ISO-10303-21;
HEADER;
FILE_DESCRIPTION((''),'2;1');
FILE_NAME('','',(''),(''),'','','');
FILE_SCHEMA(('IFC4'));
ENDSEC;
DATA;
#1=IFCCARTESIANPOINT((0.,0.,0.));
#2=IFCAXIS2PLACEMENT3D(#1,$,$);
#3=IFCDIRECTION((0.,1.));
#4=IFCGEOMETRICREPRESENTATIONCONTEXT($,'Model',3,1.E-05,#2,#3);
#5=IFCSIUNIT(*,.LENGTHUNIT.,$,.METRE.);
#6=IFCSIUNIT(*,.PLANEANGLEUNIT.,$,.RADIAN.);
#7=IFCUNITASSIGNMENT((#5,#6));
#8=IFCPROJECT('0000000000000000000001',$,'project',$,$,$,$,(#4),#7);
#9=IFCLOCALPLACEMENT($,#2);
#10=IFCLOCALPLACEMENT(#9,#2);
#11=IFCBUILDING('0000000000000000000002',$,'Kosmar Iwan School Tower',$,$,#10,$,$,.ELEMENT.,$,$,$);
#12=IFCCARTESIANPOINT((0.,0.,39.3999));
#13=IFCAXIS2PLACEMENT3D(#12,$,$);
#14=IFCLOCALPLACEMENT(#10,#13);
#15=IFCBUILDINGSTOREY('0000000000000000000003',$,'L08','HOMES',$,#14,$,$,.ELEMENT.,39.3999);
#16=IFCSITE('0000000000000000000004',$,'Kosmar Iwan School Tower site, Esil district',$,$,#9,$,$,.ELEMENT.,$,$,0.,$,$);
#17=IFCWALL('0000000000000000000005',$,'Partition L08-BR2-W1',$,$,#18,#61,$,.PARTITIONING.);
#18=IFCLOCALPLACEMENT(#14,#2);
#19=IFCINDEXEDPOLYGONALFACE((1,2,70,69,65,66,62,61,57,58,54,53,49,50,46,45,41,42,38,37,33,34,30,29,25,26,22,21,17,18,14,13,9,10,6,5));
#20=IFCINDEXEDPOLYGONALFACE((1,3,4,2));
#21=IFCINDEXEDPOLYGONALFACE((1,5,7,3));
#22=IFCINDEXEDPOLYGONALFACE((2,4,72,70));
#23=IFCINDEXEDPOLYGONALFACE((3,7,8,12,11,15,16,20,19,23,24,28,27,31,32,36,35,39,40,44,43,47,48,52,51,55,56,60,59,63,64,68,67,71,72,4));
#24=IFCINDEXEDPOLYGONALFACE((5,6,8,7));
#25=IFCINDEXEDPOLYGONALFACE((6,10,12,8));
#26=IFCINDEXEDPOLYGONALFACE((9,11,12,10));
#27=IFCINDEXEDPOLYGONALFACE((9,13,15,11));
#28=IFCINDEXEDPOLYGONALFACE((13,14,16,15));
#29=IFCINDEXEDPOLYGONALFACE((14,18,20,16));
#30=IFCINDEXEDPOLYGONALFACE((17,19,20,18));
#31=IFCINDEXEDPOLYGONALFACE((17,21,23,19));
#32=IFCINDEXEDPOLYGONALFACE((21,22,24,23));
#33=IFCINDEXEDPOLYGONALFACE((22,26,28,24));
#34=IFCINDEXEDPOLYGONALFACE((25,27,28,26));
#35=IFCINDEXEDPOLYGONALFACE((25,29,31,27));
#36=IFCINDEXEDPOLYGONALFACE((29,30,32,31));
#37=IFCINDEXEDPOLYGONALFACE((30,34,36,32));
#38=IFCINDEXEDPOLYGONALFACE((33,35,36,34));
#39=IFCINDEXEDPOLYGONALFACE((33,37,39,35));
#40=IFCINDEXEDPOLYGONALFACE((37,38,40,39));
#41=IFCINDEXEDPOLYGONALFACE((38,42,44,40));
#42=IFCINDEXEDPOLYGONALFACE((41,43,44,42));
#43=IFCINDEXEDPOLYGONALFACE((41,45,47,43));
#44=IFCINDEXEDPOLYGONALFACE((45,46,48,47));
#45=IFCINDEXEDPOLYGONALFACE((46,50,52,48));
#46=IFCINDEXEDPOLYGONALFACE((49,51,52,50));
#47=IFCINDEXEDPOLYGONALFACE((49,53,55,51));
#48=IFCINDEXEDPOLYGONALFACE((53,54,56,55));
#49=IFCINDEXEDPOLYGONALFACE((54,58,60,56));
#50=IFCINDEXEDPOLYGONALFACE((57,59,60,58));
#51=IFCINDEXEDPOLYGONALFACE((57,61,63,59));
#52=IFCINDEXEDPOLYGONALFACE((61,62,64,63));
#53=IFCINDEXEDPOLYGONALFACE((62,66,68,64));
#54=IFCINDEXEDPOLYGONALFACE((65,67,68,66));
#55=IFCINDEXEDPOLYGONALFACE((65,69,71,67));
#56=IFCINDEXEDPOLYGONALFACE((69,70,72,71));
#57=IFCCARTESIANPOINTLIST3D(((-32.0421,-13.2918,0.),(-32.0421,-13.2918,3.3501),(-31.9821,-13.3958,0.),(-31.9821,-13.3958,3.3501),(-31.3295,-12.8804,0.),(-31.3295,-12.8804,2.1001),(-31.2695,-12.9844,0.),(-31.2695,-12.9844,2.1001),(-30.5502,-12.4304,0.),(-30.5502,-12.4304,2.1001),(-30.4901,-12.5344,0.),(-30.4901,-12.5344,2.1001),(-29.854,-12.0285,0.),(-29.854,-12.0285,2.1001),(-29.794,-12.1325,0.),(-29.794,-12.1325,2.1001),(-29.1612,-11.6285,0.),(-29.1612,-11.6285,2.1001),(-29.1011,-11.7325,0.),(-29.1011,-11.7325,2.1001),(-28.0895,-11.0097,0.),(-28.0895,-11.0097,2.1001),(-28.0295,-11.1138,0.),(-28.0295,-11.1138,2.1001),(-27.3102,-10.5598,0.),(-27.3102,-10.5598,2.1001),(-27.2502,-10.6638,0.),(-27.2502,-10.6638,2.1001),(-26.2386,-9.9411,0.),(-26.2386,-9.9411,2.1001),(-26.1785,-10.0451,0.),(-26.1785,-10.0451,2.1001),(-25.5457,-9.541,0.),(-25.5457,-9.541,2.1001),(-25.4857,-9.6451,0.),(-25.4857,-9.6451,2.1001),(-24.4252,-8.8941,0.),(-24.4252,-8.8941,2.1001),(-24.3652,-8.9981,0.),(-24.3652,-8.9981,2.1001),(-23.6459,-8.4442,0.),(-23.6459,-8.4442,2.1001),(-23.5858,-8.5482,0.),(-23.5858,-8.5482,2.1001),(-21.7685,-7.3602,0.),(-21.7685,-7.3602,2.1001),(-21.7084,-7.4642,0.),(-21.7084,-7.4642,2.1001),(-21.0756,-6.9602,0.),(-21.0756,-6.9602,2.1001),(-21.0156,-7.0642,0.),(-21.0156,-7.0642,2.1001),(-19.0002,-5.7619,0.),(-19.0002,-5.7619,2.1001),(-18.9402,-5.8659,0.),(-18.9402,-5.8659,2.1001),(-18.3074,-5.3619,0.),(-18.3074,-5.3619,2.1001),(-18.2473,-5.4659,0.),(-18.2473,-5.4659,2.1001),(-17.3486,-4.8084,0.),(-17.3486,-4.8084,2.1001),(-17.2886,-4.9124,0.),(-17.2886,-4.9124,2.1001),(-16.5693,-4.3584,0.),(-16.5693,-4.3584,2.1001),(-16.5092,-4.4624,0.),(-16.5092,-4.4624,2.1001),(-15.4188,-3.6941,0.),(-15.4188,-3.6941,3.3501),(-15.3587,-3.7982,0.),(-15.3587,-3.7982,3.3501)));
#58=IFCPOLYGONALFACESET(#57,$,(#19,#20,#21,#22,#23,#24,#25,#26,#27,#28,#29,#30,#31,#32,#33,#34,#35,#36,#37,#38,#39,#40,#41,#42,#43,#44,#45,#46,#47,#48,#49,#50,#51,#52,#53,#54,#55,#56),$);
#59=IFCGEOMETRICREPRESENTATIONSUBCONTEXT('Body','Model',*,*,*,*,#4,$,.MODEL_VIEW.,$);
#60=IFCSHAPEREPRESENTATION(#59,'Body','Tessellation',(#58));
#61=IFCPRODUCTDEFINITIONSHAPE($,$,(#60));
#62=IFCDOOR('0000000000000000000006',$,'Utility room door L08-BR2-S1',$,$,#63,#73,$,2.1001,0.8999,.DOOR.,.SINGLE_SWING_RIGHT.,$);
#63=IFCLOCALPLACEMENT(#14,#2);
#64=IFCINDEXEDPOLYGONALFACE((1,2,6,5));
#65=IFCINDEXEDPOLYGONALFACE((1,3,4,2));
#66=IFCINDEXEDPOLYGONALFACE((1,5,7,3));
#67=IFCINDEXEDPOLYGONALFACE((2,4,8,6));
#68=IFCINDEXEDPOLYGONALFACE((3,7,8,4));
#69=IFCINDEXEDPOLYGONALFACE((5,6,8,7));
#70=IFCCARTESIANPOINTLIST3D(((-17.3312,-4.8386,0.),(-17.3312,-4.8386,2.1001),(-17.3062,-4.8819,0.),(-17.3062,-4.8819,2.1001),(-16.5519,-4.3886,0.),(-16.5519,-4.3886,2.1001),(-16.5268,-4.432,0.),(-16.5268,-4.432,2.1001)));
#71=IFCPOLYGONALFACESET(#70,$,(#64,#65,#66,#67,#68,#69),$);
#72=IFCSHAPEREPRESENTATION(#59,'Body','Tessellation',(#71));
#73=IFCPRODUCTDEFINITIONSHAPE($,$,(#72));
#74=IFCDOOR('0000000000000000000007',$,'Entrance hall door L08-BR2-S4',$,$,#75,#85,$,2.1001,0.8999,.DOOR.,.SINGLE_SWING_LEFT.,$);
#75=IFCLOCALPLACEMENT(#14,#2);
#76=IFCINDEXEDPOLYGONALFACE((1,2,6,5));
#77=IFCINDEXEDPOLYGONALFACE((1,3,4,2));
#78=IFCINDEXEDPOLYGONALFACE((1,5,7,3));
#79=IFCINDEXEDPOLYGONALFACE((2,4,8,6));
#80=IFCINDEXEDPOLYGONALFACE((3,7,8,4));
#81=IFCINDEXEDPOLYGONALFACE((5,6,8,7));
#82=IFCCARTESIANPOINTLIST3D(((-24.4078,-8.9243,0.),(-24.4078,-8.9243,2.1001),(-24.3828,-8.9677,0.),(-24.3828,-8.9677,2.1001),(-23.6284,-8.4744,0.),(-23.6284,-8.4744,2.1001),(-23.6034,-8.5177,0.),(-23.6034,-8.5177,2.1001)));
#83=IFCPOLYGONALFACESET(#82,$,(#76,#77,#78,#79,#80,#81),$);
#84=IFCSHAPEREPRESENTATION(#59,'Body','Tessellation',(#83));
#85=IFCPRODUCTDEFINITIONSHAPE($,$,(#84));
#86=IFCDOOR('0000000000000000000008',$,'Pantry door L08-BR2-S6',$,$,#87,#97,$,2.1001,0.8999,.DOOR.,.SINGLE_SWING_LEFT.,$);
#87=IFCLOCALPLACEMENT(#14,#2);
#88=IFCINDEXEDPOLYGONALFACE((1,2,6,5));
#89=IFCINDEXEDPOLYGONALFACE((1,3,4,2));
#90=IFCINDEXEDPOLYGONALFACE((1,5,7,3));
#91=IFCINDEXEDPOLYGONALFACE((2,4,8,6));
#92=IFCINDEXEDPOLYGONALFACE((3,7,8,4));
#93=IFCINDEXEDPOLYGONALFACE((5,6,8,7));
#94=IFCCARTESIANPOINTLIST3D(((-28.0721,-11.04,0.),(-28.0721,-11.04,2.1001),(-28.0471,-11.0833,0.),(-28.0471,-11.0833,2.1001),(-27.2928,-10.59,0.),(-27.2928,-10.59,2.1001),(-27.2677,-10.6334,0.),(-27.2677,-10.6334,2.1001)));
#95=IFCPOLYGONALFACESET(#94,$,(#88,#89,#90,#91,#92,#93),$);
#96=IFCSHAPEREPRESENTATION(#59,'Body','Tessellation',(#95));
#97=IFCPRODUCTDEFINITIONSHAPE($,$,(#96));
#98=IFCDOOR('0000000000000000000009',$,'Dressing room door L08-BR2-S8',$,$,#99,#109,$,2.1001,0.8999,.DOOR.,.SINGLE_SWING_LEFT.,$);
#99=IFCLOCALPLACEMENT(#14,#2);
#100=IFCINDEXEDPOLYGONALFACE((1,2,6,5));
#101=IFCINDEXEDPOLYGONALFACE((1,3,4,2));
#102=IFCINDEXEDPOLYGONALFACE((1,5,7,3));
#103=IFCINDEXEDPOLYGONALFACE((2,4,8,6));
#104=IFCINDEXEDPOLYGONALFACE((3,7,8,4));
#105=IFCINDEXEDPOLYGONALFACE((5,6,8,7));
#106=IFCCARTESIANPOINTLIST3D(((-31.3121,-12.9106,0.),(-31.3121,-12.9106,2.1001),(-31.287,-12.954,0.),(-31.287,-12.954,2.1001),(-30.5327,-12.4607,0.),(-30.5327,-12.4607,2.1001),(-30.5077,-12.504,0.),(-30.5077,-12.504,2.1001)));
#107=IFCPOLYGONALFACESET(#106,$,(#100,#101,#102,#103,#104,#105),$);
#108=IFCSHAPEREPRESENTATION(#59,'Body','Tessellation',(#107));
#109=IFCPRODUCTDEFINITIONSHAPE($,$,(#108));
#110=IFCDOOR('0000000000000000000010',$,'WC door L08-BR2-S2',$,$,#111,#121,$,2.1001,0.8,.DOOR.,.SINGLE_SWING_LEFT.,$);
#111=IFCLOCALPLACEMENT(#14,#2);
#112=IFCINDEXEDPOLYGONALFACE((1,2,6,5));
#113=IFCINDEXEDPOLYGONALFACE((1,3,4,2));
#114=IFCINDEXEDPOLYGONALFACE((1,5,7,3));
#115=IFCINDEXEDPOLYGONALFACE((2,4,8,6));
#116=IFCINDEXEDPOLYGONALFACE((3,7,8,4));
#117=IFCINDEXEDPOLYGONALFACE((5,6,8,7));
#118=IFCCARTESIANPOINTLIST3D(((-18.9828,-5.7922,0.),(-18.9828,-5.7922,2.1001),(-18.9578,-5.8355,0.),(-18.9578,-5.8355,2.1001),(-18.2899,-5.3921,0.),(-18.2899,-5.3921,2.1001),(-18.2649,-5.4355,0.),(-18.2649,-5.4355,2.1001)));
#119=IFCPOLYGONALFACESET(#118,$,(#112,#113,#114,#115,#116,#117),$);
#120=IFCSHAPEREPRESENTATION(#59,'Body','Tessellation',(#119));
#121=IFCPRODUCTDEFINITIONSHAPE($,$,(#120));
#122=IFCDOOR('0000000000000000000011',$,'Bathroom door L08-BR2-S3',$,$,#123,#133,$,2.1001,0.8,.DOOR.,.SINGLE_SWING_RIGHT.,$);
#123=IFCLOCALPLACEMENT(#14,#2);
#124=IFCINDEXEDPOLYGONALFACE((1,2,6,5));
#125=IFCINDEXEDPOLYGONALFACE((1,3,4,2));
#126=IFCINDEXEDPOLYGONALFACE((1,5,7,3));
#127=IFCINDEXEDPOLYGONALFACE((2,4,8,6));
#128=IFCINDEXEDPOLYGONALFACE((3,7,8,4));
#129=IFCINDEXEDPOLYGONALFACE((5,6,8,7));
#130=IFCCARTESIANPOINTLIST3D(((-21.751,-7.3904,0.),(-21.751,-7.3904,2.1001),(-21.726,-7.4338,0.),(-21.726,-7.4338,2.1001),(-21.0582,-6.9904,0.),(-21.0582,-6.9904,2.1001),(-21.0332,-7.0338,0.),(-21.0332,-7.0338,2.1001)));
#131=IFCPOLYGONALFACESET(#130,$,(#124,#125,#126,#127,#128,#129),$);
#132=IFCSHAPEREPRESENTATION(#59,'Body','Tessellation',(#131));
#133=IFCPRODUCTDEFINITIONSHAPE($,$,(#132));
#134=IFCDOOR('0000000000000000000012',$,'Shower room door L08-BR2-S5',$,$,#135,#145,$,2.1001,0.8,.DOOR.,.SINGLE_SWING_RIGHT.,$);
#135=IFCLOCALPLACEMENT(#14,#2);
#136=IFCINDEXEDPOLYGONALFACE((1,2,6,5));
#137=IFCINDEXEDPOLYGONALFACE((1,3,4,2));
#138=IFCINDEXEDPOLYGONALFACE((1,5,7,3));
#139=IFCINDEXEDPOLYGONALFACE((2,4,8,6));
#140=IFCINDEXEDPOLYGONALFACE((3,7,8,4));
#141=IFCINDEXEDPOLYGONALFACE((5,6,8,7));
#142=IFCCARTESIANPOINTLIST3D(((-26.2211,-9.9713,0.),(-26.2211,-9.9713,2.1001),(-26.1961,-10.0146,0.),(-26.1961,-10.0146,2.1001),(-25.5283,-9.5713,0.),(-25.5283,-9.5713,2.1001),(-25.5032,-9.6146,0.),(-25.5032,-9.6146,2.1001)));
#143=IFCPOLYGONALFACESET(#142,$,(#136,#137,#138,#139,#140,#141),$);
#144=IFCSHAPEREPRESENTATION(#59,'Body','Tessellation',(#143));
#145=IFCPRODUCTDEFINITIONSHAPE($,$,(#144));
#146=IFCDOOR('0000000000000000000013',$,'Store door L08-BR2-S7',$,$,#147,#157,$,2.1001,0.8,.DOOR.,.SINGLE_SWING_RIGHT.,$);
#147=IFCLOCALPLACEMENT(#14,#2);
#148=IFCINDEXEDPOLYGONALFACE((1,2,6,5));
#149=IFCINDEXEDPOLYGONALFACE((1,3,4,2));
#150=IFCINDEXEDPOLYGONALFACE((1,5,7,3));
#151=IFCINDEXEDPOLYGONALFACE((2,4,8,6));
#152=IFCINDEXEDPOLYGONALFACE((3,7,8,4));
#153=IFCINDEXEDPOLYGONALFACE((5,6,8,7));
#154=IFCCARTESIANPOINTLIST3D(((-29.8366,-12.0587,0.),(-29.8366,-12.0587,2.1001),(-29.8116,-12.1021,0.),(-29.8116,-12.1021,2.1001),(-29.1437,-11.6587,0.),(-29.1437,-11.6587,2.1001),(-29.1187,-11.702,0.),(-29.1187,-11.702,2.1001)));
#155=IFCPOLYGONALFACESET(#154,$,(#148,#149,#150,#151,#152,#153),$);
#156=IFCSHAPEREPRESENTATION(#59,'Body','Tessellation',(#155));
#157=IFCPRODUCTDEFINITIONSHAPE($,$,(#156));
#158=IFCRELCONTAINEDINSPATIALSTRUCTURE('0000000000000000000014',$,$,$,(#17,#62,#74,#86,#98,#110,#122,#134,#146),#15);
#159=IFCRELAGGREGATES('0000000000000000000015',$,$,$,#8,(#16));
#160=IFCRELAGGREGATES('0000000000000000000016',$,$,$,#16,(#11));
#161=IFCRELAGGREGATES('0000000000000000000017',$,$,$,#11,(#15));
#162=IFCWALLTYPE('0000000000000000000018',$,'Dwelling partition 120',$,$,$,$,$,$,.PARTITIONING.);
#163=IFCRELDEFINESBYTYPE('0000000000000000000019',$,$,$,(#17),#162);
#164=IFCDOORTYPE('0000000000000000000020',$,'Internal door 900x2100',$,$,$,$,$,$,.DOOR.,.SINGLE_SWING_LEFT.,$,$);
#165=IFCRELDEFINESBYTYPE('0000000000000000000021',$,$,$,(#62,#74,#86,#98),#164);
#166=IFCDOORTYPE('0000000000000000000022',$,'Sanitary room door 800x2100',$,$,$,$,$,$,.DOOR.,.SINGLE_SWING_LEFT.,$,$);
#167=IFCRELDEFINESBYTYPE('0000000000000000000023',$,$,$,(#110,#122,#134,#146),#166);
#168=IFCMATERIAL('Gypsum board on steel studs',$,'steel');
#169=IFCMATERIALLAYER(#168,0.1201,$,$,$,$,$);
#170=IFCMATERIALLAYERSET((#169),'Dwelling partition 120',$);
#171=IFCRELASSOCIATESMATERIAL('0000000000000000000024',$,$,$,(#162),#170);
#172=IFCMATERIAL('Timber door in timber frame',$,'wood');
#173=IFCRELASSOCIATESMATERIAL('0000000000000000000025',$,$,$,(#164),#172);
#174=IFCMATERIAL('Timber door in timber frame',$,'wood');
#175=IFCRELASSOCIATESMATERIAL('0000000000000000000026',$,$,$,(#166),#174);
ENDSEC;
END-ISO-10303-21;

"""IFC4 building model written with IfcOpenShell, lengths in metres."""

from ifc_helpers import new_model, si_unit, direction, frame, frame_2d, origin, place, context, subcontext, project, spatial, rectangle, extrude, material, layer, layer_set, type_object, element, fill, save


model = new_model("IFC4")

# Units and contexts
model_context = context("Model", 3, precision=1e-05, world=origin(), true_north=direction((0.0, 1.0)))
body_context = subcontext(model_context, "Body", "Model", "MODEL_VIEW")
ifc_project = project(units=[si_unit("LENGTHUNIT", "METRE"), si_unit("PLANEANGLEUNIT", "RADIAN")], contexts=[model_context])

# Site, building, storey
site_placement = place(None, origin())
site = spatial("IfcSite", under=ifc_project, at=site_placement, Name="Kosmar Iwan School Tower site, Esil district", CompositionType="ELEMENT", RefElevation=0.0)
building_placement = place(site_placement, origin())
building = spatial("IfcBuilding", under=site, at=building_placement, Name="Kosmar Iwan School Tower", CompositionType="ELEMENT")
storey_placement = place(building_placement, frame((0.0, 0.0, 39.3999)))
storey = spatial("IfcBuildingStorey", under=building, at=storey_placement, Name="L08", Description="HOMES", CompositionType="ELEMENT", Elevation=39.3999)

# Wall, openings, doors
ifc_material_1 = material(Name="Gypsum board on steel studs", Category="steel")
ifc_layer_1 = layer(ifc_material_1, 0.1201)
ifc_layer_set_1 = layer_set([ifc_layer_1], Name="Dwelling partition 120")
wall_type_1 = type_object("IfcWallType", Name="Dwelling partition 120", PredefinedType="PARTITIONING", material=ifc_layer_set_1)
wall_1_placement = place(storey_placement, frame((-15.3887, -3.7461, 0.0), z_axis=(0.0, 0.0, 1.0), x_axis=(-0.866021, -0.500008, 0.0)))
wall_1 = element("IfcWall", 1, at=wall_1_placement, inside=storey, type_object=wall_type_1, Name="Partition L08-BR2-W1", PredefinedType="PARTITIONING", context=body_context, shape_type="SweptSolid", body=[
    extrude(rectangle(XDim=19.1951, YDim=0.1201, at=frame_2d((9.5977, 0.0))), origin(), (0.0, 0.0, 1.0), 3.3501),
])
opening_1_placement = place(wall_1_placement, frame((1.3286, 0.0, 0.0)))
opening_1 = element("IfcOpeningElement", 2, at=opening_1_placement, cuts=wall_1, PredefinedType="OPENING", context=body_context, shape_type="SweptSolid", body=[
    extrude(rectangle(XDim=0.8999, YDim=2.1001, at=frame_2d((0.45, 1.05))), frame((0.0, 0.072, 0.0), z_axis=(0.0, -1.0, 0.0), x_axis=(1.0, 0.0, 0.0)), (0.0, 0.0, 1.0), 0.144),
])
opening_2_placement = place(wall_1_placement, frame((3.3357, 0.0, 0.0)))
opening_2 = element("IfcOpeningElement", 3, at=opening_2_placement, cuts=wall_1, PredefinedType="OPENING", context=body_context, shape_type="SweptSolid", body=[
    extrude(rectangle(XDim=0.8, YDim=2.1001, at=frame_2d((0.3999, 1.05))), frame((0.0, 0.072, 0.0), z_axis=(0.0, -1.0, 0.0), x_axis=(1.0, 0.0, 0.0)), (0.0, 0.0, 1.0), 0.144),
])
opening_3_placement = place(wall_1_placement, frame((6.5322, 0.0, 0.0)))
opening_3 = element("IfcOpeningElement", 4, at=opening_3_placement, cuts=wall_1, PredefinedType="OPENING", context=body_context, shape_type="SweptSolid", body=[
    extrude(rectangle(XDim=0.8, YDim=2.1001, at=frame_2d((0.3999, 1.05))), frame((0.0, 0.072, 0.0), z_axis=(0.0, -1.0, 0.0), x_axis=(1.0, 0.0, 0.0)), (0.0, 0.0, 1.0), 0.144),
])
opening_4_placement = place(wall_1_placement, frame((9.5, 0.0, 0.0)))
opening_4 = element("IfcOpeningElement", 5, at=opening_4_placement, cuts=wall_1, PredefinedType="OPENING", context=body_context, shape_type="SweptSolid", body=[
    extrude(rectangle(XDim=0.8999, YDim=2.1001, at=frame_2d((0.45, 1.05))), frame((0.0, 0.072, 0.0), z_axis=(0.0, -1.0, 0.0), x_axis=(1.0, 0.0, 0.0)), (0.0, 0.0, 1.0), 0.144),
])
opening_5_placement = place(wall_1_placement, frame((11.6938, 0.0, 0.0)))
opening_5 = element("IfcOpeningElement", 6, at=opening_5_placement, cuts=wall_1, PredefinedType="OPENING", context=body_context, shape_type="SweptSolid", body=[
    extrude(rectangle(XDim=0.8, YDim=2.1001, at=frame_2d((0.3999, 1.05))), frame((0.0, 0.072, 0.0), z_axis=(0.0, -1.0, 0.0), x_axis=(1.0, 0.0, 0.0)), (0.0, 0.0, 1.0), 0.144),
])
opening_6_placement = place(wall_1_placement, frame((13.7312, 0.0, 0.0)))
opening_6 = element("IfcOpeningElement", 7, at=opening_6_placement, cuts=wall_1, PredefinedType="OPENING", context=body_context, shape_type="SweptSolid", body=[
    extrude(rectangle(XDim=0.8999, YDim=2.1001, at=frame_2d((0.45, 1.05))), frame((0.0, 0.072, 0.0), z_axis=(0.0, -1.0, 0.0), x_axis=(1.0, 0.0, 0.0)), (0.0, 0.0, 1.0), 0.144),
])
opening_7_placement = place(wall_1_placement, frame((15.8687, 0.0, 0.0)))
opening_7 = element("IfcOpeningElement", 8, at=opening_7_placement, cuts=wall_1, PredefinedType="OPENING", context=body_context, shape_type="SweptSolid", body=[
    extrude(rectangle(XDim=0.8, YDim=2.1001, at=frame_2d((0.3999, 1.05))), frame((0.0, 0.072, 0.0), z_axis=(0.0, -1.0, 0.0), x_axis=(1.0, 0.0, 0.0)), (0.0, 0.0, 1.0), 0.144),
])
opening_8_placement = place(wall_1_placement, frame((17.4724, 0.0, 0.0)))
opening_8 = element("IfcOpeningElement", 9, at=opening_8_placement, cuts=wall_1, PredefinedType="OPENING", context=body_context, shape_type="SweptSolid", body=[
    extrude(rectangle(XDim=0.8999, YDim=2.1001, at=frame_2d((0.45, 1.05))), frame((0.0, 0.072, 0.0), z_axis=(0.0, -1.0, 0.0), x_axis=(1.0, 0.0, 0.0)), (0.0, 0.0, 1.0), 0.144),
])
ifc_material_2 = material(Name="Timber door in timber frame", Category="wood")
door_type_1 = type_object("IfcDoorType", Name="Internal door 900x2100", OperationType="SINGLE_SWING_LEFT", PredefinedType="DOOR", material=ifc_material_2)
door_1_placement = place(opening_1_placement, origin())
door_1 = element("IfcDoor", 10, at=door_1_placement, inside=storey, type_object=door_type_1, Name="Utility room door L08-BR2-S1", OperationType="SINGLE_SWING_RIGHT", OverallHeight=2.1001, OverallWidth=0.8999, PredefinedType="DOOR", context=body_context, shape_type="SweptSolid", body=[
    extrude(rectangle(XDim=0.8999, YDim=2.1001, at=frame_2d((0.45, 1.05))), frame((0.0, 0.0249, 0.0), z_axis=(0.0, -1.0, 0.0), x_axis=(1.0, 0.0, 0.0)), (0.0, 0.0, 1.0), 0.05),
])
fill(opening_1, door_1)
door_2_placement = place(opening_4_placement, origin())
door_2 = element("IfcDoor", 11, at=door_2_placement, inside=storey, type_object=door_type_1, Name="Entrance hall door L08-BR2-S4", OperationType="SINGLE_SWING_LEFT", OverallHeight=2.1001, OverallWidth=0.8999, PredefinedType="DOOR", context=body_context, shape_type="SweptSolid", body=[
    extrude(rectangle(XDim=0.8999, YDim=2.1001, at=frame_2d((0.45, 1.05))), frame((0.0, 0.0249, 0.0), z_axis=(0.0, -1.0, 0.0), x_axis=(1.0, 0.0, 0.0)), (0.0, 0.0, 1.0), 0.05),
])
fill(opening_4, door_2)
door_3_placement = place(opening_6_placement, origin())
door_3 = element("IfcDoor", 12, at=door_3_placement, inside=storey, type_object=door_type_1, Name="Pantry door L08-BR2-S6", OperationType="SINGLE_SWING_LEFT", OverallHeight=2.1001, OverallWidth=0.8999, PredefinedType="DOOR", context=body_context, shape_type="SweptSolid", body=[
    extrude(rectangle(XDim=0.8999, YDim=2.1001, at=frame_2d((0.45, 1.05))), frame((0.0, 0.0249, 0.0), z_axis=(0.0, -1.0, 0.0), x_axis=(1.0, 0.0, 0.0)), (0.0, 0.0, 1.0), 0.05),
])
fill(opening_6, door_3)
door_4_placement = place(opening_8_placement, origin())
door_4 = element("IfcDoor", 13, at=door_4_placement, inside=storey, type_object=door_type_1, Name="Dressing room door L08-BR2-S8", OperationType="SINGLE_SWING_LEFT", OverallHeight=2.1001, OverallWidth=0.8999, PredefinedType="DOOR", context=body_context, shape_type="SweptSolid", body=[
    extrude(rectangle(XDim=0.8999, YDim=2.1001, at=frame_2d((0.45, 1.05))), frame((0.0, 0.0249, 0.0), z_axis=(0.0, -1.0, 0.0), x_axis=(1.0, 0.0, 0.0)), (0.0, 0.0, 1.0), 0.05),
])
fill(opening_8, door_4)
ifc_material_3 = material(Name="Timber door in timber frame", Category="wood")
door_type_2 = type_object("IfcDoorType", Name="Sanitary room door 800x2100", OperationType="SINGLE_SWING_LEFT", PredefinedType="DOOR", material=ifc_material_3)
door_5_placement = place(opening_2_placement, origin())
door_5 = element("IfcDoor", 14, at=door_5_placement, inside=storey, type_object=door_type_2, Name="WC door L08-BR2-S2", OperationType="SINGLE_SWING_LEFT", OverallHeight=2.1001, OverallWidth=0.8, PredefinedType="DOOR", context=body_context, shape_type="SweptSolid", body=[
    extrude(rectangle(XDim=0.8, YDim=2.1001, at=frame_2d((0.3999, 1.05))), frame((0.0, 0.0249, 0.0), z_axis=(0.0, -1.0, 0.0), x_axis=(1.0, 0.0, 0.0)), (0.0, 0.0, 1.0), 0.05),
])
fill(opening_2, door_5)
door_6_placement = place(opening_3_placement, origin())
door_6 = element("IfcDoor", 15, at=door_6_placement, inside=storey, type_object=door_type_2, Name="Bathroom door L08-BR2-S3", OperationType="SINGLE_SWING_RIGHT", OverallHeight=2.1001, OverallWidth=0.8, PredefinedType="DOOR", context=body_context, shape_type="SweptSolid", body=[
    extrude(rectangle(XDim=0.8, YDim=2.1001, at=frame_2d((0.3999, 1.05))), frame((0.0, 0.0249, 0.0), z_axis=(0.0, -1.0, 0.0), x_axis=(1.0, 0.0, 0.0)), (0.0, 0.0, 1.0), 0.05),
])
fill(opening_3, door_6)
door_7_placement = place(opening_5_placement, origin())
door_7 = element("IfcDoor", 16, at=door_7_placement, inside=storey, type_object=door_type_2, Name="Shower room door L08-BR2-S5", OperationType="SINGLE_SWING_RIGHT", OverallHeight=2.1001, OverallWidth=0.8, PredefinedType="DOOR", context=body_context, shape_type="SweptSolid", body=[
    extrude(rectangle(XDim=0.8, YDim=2.1001, at=frame_2d((0.3999, 1.05))), frame((0.0, 0.0249, 0.0), z_axis=(0.0, -1.0, 0.0), x_axis=(1.0, 0.0, 0.0)), (0.0, 0.0, 1.0), 0.05),
])
fill(opening_5, door_7)
door_8_placement = place(opening_7_placement, origin())
door_8 = element("IfcDoor", 17, at=door_8_placement, inside=storey, type_object=door_type_2, Name="Store door L08-BR2-S7", OperationType="SINGLE_SWING_RIGHT", OverallHeight=2.1001, OverallWidth=0.8, PredefinedType="DOOR", context=body_context, shape_type="SweptSolid", body=[
    extrude(rectangle(XDim=0.8, YDim=2.1001, at=frame_2d((0.3999, 1.05))), frame((0.0, 0.0249, 0.0), z_axis=(0.0, -1.0, 0.0), x_axis=(1.0, 0.0, 0.0)), (0.0, 0.0, 1.0), 0.05),
])
fill(opening_7, door_8)

save(model, "model.ifc")
